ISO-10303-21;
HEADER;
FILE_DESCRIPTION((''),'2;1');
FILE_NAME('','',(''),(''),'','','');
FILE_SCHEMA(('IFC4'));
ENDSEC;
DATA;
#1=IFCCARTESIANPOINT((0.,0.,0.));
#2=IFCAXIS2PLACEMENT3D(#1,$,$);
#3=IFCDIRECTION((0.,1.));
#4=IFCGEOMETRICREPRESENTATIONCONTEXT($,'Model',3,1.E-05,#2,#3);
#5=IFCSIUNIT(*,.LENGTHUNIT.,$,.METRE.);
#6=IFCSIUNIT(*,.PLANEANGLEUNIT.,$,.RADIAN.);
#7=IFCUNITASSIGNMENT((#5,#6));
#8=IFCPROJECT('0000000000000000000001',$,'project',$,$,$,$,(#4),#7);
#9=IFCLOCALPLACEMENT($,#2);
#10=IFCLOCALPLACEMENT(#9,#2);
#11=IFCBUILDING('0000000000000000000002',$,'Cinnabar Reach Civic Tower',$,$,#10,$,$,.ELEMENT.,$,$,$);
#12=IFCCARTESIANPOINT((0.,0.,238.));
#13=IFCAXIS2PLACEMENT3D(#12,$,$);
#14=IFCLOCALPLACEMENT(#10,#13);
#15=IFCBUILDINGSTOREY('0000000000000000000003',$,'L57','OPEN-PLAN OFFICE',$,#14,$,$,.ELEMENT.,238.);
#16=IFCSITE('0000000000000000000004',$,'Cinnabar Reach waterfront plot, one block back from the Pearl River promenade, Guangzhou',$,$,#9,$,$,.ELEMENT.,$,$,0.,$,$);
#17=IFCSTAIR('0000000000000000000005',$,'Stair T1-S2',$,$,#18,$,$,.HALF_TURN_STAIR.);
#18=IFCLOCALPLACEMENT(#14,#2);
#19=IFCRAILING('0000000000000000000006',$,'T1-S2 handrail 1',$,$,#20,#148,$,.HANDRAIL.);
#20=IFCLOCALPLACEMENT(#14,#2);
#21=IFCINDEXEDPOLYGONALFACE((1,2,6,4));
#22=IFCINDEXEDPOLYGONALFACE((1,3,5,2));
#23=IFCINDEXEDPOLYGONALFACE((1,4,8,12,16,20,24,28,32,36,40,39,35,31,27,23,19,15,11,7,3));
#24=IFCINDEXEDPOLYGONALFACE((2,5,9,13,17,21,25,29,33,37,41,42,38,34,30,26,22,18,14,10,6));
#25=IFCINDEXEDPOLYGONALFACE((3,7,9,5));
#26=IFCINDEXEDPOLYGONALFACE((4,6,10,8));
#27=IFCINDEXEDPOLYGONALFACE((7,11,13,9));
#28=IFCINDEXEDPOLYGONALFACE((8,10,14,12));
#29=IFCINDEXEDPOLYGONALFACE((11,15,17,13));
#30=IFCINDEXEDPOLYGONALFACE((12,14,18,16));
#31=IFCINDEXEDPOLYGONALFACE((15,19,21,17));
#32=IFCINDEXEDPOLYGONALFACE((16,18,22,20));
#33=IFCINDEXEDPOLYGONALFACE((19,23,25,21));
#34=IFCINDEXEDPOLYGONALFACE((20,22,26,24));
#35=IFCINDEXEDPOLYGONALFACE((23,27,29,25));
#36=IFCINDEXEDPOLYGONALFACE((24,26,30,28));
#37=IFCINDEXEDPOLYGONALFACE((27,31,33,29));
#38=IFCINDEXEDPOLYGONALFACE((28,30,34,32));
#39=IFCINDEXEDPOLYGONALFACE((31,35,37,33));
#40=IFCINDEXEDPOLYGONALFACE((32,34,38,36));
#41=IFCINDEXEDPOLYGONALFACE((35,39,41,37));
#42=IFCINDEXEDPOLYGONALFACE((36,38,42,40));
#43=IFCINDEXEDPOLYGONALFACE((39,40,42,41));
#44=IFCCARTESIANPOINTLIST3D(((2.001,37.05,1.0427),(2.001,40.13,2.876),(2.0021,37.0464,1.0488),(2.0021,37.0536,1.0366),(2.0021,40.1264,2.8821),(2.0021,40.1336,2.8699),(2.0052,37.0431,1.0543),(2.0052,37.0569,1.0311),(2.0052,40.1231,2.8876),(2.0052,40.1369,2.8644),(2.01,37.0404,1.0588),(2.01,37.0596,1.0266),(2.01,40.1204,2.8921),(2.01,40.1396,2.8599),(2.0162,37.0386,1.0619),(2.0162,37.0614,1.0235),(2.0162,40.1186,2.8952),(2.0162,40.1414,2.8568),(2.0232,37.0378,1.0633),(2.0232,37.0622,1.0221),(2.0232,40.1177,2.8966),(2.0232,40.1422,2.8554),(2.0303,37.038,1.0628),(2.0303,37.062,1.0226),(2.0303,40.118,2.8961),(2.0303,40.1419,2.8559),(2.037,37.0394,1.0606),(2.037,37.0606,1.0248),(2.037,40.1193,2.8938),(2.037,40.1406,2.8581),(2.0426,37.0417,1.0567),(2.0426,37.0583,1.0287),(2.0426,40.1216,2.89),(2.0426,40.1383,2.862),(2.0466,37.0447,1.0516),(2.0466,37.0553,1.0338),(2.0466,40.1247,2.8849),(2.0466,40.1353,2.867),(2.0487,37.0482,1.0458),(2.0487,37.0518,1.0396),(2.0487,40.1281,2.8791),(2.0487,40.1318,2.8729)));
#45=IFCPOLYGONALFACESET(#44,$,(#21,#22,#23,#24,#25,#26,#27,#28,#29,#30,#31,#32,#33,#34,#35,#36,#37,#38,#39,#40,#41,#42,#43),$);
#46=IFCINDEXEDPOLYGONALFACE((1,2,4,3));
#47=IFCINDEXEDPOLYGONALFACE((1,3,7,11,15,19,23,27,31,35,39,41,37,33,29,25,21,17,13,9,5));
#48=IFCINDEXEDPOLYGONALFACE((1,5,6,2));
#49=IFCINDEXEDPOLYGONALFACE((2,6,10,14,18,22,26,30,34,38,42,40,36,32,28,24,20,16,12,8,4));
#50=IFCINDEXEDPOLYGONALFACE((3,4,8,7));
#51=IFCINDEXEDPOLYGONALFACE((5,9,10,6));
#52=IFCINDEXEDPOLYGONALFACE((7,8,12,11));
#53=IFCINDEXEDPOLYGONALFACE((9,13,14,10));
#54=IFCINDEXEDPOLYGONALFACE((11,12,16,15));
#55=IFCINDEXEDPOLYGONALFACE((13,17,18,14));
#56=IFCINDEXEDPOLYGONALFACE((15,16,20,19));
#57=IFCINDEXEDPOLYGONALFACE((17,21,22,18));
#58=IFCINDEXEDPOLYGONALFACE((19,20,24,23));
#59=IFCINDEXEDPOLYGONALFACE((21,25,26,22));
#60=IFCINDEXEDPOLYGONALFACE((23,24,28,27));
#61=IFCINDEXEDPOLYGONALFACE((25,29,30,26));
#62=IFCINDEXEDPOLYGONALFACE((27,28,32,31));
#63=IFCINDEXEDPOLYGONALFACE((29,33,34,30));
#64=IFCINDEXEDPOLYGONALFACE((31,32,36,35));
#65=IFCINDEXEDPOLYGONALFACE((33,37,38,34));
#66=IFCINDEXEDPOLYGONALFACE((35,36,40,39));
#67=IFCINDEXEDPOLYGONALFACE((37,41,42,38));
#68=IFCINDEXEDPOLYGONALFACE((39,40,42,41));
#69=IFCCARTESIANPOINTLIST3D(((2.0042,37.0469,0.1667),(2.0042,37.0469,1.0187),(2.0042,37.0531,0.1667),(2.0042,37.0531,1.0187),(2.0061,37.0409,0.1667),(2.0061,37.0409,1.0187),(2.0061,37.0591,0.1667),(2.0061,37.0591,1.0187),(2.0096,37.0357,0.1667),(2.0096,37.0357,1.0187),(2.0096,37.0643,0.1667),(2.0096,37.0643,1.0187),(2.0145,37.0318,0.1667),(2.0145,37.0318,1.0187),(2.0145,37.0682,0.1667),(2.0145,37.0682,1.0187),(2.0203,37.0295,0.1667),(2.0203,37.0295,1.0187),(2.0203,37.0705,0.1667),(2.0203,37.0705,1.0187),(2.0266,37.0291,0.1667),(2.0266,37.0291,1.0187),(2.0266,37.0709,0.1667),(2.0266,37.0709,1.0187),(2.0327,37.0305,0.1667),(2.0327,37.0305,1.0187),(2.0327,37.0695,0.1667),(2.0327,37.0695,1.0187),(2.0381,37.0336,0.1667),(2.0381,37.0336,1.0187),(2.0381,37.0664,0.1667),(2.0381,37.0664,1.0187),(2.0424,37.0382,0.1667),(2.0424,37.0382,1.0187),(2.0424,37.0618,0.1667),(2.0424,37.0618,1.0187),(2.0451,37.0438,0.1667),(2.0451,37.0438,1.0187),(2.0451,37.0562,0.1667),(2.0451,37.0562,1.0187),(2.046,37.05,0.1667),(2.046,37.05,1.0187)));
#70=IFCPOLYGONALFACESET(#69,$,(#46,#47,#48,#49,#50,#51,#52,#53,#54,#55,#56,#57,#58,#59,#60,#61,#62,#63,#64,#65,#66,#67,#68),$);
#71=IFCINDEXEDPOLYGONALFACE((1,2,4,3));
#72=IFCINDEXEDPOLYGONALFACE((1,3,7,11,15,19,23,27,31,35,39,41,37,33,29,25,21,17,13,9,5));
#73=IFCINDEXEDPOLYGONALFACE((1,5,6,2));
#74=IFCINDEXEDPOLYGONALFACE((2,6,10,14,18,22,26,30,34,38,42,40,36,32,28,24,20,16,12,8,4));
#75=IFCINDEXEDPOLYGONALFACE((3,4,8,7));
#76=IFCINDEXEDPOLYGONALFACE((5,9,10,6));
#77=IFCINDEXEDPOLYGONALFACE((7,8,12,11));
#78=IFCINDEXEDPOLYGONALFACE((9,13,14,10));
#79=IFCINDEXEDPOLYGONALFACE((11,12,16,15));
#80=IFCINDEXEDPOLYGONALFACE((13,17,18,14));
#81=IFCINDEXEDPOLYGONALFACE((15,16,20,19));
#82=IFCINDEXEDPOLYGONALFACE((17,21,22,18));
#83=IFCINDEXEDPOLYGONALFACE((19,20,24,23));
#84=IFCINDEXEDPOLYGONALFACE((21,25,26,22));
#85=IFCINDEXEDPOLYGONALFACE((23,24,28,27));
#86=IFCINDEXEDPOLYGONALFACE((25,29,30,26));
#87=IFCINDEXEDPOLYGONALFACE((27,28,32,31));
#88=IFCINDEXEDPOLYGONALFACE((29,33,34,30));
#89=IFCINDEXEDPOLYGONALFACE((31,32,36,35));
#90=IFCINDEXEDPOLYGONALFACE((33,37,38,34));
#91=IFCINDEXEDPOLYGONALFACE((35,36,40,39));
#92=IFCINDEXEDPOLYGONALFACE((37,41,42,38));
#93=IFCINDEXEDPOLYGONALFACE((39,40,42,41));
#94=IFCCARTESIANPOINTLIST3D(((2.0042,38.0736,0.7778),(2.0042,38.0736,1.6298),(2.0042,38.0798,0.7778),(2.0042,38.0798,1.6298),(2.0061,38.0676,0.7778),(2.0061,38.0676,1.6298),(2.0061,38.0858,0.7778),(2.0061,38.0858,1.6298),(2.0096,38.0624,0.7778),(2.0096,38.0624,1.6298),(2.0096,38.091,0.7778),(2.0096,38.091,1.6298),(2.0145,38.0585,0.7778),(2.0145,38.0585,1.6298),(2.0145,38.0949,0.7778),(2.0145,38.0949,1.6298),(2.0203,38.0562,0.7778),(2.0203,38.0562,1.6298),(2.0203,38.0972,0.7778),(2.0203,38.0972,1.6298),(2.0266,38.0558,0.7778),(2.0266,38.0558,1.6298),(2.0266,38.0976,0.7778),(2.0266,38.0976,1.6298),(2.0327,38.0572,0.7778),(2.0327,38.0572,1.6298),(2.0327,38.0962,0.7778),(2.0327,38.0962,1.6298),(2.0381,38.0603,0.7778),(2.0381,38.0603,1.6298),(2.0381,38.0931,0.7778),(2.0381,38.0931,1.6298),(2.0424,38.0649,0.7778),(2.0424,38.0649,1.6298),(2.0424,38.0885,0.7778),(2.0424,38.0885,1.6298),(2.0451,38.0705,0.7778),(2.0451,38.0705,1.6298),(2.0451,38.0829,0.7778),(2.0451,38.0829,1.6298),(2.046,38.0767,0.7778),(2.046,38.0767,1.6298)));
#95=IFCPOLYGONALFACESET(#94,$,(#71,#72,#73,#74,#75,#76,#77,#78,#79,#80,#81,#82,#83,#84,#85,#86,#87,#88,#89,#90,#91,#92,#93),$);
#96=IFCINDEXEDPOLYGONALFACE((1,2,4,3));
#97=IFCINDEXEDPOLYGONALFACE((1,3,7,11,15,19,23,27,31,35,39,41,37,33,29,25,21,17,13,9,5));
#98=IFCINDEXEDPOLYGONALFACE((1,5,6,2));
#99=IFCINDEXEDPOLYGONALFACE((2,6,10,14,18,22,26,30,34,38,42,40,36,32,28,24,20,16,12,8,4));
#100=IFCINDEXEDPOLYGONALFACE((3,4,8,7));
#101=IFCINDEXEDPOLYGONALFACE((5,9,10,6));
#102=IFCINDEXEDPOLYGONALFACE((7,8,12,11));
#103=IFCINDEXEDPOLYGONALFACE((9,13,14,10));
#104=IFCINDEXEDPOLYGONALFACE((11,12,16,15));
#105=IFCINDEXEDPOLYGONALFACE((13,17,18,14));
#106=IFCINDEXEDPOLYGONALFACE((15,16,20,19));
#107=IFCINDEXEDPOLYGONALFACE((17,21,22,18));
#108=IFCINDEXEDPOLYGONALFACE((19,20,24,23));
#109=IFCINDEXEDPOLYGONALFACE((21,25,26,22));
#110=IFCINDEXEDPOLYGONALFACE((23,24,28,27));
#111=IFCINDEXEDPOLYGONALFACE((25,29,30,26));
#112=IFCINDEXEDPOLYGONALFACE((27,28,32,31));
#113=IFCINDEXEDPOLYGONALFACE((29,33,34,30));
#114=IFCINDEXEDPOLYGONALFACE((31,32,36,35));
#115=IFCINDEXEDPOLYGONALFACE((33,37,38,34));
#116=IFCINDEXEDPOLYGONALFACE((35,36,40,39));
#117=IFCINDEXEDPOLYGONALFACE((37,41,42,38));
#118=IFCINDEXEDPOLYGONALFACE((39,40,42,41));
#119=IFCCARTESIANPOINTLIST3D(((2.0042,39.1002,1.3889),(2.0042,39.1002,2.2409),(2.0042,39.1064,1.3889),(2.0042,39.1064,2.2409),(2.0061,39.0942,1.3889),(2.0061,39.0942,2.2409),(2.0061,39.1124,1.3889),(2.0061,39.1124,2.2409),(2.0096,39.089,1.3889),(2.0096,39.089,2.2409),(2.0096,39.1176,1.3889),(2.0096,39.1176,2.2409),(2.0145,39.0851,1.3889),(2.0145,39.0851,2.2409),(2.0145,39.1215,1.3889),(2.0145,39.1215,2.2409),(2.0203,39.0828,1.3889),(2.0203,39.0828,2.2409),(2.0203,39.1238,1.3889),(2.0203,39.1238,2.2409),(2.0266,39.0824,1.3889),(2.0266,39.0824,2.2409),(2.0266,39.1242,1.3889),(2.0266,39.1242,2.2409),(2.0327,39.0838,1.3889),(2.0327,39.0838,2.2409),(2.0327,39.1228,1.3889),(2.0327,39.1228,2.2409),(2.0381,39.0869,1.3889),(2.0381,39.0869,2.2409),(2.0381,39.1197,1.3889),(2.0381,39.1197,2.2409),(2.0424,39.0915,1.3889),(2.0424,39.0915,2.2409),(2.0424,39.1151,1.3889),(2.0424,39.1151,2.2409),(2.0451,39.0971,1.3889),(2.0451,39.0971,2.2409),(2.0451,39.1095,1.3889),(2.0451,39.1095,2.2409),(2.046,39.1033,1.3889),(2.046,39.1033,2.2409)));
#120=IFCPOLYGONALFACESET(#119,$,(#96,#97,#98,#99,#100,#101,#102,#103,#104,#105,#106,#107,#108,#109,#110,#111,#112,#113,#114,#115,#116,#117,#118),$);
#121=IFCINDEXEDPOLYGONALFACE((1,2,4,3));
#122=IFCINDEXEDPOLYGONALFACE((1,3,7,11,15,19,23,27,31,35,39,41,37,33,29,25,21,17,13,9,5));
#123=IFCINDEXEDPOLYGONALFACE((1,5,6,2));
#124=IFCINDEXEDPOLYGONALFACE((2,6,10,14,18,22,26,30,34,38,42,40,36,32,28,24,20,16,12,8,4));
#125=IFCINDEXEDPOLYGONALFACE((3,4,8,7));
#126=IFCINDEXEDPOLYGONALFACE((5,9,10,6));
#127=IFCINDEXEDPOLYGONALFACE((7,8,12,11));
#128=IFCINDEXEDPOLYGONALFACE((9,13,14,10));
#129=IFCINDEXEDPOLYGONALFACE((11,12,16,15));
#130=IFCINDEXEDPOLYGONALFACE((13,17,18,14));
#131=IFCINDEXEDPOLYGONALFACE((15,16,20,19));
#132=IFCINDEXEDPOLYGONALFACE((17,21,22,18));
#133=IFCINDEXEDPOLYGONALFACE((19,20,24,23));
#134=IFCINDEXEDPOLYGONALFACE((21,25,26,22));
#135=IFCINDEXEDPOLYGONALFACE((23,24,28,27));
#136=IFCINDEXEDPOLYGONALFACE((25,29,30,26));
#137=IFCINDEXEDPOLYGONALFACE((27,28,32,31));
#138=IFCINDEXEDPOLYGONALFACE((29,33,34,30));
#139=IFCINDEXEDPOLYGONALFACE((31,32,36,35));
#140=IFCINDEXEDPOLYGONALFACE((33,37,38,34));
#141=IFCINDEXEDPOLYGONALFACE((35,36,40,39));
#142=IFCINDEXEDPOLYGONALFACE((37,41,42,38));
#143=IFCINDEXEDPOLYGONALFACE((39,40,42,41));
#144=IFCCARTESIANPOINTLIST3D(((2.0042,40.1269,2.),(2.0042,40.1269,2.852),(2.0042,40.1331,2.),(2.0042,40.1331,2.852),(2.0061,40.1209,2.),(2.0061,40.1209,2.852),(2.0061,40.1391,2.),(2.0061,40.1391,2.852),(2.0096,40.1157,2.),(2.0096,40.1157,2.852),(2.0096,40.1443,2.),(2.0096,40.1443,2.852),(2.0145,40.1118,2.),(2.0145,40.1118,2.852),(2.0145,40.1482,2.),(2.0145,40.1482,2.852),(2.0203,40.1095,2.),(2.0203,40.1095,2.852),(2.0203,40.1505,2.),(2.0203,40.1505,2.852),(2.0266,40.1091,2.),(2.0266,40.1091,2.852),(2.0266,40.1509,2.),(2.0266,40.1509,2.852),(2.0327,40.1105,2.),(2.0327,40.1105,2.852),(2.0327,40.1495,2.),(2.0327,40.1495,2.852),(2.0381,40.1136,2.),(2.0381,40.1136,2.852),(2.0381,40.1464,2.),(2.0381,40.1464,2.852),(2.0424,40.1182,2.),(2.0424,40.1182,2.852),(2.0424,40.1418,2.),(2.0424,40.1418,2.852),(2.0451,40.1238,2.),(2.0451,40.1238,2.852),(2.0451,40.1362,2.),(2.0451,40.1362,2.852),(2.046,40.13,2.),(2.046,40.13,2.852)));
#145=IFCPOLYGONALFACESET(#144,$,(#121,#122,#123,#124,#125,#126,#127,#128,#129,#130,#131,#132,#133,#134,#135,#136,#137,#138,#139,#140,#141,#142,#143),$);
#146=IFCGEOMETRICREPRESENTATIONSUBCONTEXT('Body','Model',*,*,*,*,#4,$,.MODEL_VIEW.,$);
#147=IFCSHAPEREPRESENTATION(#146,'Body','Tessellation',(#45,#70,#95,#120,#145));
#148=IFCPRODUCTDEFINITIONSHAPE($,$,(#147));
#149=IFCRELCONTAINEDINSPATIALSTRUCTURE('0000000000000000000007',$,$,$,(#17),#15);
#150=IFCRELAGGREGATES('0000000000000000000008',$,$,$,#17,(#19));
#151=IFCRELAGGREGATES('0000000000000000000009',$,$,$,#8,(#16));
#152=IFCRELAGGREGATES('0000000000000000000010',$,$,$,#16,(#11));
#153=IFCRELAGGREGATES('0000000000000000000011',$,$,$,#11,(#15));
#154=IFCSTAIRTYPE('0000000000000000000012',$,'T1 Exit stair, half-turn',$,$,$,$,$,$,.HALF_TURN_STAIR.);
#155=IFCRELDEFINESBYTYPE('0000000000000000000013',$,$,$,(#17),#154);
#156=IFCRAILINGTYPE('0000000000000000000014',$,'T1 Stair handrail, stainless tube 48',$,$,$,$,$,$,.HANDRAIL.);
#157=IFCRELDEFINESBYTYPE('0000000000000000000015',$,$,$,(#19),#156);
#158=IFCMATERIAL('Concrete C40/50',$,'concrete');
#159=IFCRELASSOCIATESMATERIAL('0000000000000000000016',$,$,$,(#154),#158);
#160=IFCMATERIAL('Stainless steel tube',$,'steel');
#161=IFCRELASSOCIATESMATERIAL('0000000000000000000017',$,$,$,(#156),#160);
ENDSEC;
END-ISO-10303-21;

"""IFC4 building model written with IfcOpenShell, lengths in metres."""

from ifc_helpers import new_model, si_unit, direction, frame, origin, origin_2d, place, context, subcontext, project, spatial, circle, extrude, material, type_object, element, aggregate, save


model = new_model("IFC4")

# Units and contexts
model_context = context("Model", 3, precision=1e-05, world=origin(), true_north=direction((0.0, 1.0)))
body_context = subcontext(model_context, "Body", "Model", "MODEL_VIEW")
ifc_project = project(units=[si_unit("LENGTHUNIT", "METRE"), si_unit("PLANEANGLEUNIT", "RADIAN")], contexts=[model_context])

# Site, building, storey
site_placement = place(None, origin())
site = spatial("IfcSite", under=ifc_project, at=site_placement, Name="Cinnabar Reach waterfront plot, one block back from the Pearl River promenade, Guangzhou", CompositionType="ELEMENT", RefElevation=0.0)
building_placement = place(site_placement, origin())
building = spatial("IfcBuilding", under=site, at=building_placement, Name="Cinnabar Reach Civic Tower", CompositionType="ELEMENT")
storey_placement = place(building_placement, frame((0.0, 0.0, 238.0)))
storey = spatial("IfcBuildingStorey", under=building, at=storey_placement, Name="L57", Description="OPEN-PLAN OFFICE", CompositionType="ELEMENT", Elevation=238.0)

# Shared definitions
ifc_material_1 = material(Name="Concrete C40/50", Category="concrete")

# Stair, railing
stair_type = type_object("IfcStairType", Name="T1 Exit stair, half-turn", PredefinedType="HALF_TURN_STAIR", material=ifc_material_1)
stair_placement = place(storey_placement, origin())
stair = element("IfcStair", 1, at=stair_placement, inside=storey, type_object=stair_type, Name="Stair T1-S2", PredefinedType="HALF_TURN_STAIR")
ifc_material_2 = material(Name="Stainless steel tube", Category="steel")
railing_type = type_object("IfcRailingType", Name="T1 Stair handrail, stainless tube 48", PredefinedType="HANDRAIL", material=ifc_material_2)
railing_1_placement = place(storey_placement, frame((2.025, 37.05, 0.1667)))
railing_1 = element("IfcRailing", 2, at=railing_1_placement, type_object=railing_type, Name="T1-S2 handrail 1", PredefinedType="HANDRAIL", context=body_context, shape_type="SweptSolid", body=[
    extrude(circle(Radius=0.024, at=origin_2d()), frame((0.0, 0.0, 0.876), z_axis=(0.0, 0.859297, 0.511477), x_axis=(-1.0, 0.0, 0.0)), (0.0, 0.0, 1.0), 3.5843),
    extrude(circle(Radius=0.021, at=origin_2d()), origin(), (0.0, 0.0, 1.0), 0.852),
    extrude(circle(Radius=0.021, at=origin_2d()), frame((0.0, 1.0267, 0.6111)), (0.0, 0.0, 1.0), 0.852),
    extrude(circle(Radius=0.021, at=origin_2d()), frame((0.0, 2.0533, 1.2222)), (0.0, 0.0, 1.0), 0.852),
    extrude(circle(Radius=0.021, at=origin_2d()), frame((0.0, 3.08, 1.8333)), (0.0, 0.0, 1.0), 0.852),
])
aggregate(stair, [railing_1])

save(model, "model.ifc")
